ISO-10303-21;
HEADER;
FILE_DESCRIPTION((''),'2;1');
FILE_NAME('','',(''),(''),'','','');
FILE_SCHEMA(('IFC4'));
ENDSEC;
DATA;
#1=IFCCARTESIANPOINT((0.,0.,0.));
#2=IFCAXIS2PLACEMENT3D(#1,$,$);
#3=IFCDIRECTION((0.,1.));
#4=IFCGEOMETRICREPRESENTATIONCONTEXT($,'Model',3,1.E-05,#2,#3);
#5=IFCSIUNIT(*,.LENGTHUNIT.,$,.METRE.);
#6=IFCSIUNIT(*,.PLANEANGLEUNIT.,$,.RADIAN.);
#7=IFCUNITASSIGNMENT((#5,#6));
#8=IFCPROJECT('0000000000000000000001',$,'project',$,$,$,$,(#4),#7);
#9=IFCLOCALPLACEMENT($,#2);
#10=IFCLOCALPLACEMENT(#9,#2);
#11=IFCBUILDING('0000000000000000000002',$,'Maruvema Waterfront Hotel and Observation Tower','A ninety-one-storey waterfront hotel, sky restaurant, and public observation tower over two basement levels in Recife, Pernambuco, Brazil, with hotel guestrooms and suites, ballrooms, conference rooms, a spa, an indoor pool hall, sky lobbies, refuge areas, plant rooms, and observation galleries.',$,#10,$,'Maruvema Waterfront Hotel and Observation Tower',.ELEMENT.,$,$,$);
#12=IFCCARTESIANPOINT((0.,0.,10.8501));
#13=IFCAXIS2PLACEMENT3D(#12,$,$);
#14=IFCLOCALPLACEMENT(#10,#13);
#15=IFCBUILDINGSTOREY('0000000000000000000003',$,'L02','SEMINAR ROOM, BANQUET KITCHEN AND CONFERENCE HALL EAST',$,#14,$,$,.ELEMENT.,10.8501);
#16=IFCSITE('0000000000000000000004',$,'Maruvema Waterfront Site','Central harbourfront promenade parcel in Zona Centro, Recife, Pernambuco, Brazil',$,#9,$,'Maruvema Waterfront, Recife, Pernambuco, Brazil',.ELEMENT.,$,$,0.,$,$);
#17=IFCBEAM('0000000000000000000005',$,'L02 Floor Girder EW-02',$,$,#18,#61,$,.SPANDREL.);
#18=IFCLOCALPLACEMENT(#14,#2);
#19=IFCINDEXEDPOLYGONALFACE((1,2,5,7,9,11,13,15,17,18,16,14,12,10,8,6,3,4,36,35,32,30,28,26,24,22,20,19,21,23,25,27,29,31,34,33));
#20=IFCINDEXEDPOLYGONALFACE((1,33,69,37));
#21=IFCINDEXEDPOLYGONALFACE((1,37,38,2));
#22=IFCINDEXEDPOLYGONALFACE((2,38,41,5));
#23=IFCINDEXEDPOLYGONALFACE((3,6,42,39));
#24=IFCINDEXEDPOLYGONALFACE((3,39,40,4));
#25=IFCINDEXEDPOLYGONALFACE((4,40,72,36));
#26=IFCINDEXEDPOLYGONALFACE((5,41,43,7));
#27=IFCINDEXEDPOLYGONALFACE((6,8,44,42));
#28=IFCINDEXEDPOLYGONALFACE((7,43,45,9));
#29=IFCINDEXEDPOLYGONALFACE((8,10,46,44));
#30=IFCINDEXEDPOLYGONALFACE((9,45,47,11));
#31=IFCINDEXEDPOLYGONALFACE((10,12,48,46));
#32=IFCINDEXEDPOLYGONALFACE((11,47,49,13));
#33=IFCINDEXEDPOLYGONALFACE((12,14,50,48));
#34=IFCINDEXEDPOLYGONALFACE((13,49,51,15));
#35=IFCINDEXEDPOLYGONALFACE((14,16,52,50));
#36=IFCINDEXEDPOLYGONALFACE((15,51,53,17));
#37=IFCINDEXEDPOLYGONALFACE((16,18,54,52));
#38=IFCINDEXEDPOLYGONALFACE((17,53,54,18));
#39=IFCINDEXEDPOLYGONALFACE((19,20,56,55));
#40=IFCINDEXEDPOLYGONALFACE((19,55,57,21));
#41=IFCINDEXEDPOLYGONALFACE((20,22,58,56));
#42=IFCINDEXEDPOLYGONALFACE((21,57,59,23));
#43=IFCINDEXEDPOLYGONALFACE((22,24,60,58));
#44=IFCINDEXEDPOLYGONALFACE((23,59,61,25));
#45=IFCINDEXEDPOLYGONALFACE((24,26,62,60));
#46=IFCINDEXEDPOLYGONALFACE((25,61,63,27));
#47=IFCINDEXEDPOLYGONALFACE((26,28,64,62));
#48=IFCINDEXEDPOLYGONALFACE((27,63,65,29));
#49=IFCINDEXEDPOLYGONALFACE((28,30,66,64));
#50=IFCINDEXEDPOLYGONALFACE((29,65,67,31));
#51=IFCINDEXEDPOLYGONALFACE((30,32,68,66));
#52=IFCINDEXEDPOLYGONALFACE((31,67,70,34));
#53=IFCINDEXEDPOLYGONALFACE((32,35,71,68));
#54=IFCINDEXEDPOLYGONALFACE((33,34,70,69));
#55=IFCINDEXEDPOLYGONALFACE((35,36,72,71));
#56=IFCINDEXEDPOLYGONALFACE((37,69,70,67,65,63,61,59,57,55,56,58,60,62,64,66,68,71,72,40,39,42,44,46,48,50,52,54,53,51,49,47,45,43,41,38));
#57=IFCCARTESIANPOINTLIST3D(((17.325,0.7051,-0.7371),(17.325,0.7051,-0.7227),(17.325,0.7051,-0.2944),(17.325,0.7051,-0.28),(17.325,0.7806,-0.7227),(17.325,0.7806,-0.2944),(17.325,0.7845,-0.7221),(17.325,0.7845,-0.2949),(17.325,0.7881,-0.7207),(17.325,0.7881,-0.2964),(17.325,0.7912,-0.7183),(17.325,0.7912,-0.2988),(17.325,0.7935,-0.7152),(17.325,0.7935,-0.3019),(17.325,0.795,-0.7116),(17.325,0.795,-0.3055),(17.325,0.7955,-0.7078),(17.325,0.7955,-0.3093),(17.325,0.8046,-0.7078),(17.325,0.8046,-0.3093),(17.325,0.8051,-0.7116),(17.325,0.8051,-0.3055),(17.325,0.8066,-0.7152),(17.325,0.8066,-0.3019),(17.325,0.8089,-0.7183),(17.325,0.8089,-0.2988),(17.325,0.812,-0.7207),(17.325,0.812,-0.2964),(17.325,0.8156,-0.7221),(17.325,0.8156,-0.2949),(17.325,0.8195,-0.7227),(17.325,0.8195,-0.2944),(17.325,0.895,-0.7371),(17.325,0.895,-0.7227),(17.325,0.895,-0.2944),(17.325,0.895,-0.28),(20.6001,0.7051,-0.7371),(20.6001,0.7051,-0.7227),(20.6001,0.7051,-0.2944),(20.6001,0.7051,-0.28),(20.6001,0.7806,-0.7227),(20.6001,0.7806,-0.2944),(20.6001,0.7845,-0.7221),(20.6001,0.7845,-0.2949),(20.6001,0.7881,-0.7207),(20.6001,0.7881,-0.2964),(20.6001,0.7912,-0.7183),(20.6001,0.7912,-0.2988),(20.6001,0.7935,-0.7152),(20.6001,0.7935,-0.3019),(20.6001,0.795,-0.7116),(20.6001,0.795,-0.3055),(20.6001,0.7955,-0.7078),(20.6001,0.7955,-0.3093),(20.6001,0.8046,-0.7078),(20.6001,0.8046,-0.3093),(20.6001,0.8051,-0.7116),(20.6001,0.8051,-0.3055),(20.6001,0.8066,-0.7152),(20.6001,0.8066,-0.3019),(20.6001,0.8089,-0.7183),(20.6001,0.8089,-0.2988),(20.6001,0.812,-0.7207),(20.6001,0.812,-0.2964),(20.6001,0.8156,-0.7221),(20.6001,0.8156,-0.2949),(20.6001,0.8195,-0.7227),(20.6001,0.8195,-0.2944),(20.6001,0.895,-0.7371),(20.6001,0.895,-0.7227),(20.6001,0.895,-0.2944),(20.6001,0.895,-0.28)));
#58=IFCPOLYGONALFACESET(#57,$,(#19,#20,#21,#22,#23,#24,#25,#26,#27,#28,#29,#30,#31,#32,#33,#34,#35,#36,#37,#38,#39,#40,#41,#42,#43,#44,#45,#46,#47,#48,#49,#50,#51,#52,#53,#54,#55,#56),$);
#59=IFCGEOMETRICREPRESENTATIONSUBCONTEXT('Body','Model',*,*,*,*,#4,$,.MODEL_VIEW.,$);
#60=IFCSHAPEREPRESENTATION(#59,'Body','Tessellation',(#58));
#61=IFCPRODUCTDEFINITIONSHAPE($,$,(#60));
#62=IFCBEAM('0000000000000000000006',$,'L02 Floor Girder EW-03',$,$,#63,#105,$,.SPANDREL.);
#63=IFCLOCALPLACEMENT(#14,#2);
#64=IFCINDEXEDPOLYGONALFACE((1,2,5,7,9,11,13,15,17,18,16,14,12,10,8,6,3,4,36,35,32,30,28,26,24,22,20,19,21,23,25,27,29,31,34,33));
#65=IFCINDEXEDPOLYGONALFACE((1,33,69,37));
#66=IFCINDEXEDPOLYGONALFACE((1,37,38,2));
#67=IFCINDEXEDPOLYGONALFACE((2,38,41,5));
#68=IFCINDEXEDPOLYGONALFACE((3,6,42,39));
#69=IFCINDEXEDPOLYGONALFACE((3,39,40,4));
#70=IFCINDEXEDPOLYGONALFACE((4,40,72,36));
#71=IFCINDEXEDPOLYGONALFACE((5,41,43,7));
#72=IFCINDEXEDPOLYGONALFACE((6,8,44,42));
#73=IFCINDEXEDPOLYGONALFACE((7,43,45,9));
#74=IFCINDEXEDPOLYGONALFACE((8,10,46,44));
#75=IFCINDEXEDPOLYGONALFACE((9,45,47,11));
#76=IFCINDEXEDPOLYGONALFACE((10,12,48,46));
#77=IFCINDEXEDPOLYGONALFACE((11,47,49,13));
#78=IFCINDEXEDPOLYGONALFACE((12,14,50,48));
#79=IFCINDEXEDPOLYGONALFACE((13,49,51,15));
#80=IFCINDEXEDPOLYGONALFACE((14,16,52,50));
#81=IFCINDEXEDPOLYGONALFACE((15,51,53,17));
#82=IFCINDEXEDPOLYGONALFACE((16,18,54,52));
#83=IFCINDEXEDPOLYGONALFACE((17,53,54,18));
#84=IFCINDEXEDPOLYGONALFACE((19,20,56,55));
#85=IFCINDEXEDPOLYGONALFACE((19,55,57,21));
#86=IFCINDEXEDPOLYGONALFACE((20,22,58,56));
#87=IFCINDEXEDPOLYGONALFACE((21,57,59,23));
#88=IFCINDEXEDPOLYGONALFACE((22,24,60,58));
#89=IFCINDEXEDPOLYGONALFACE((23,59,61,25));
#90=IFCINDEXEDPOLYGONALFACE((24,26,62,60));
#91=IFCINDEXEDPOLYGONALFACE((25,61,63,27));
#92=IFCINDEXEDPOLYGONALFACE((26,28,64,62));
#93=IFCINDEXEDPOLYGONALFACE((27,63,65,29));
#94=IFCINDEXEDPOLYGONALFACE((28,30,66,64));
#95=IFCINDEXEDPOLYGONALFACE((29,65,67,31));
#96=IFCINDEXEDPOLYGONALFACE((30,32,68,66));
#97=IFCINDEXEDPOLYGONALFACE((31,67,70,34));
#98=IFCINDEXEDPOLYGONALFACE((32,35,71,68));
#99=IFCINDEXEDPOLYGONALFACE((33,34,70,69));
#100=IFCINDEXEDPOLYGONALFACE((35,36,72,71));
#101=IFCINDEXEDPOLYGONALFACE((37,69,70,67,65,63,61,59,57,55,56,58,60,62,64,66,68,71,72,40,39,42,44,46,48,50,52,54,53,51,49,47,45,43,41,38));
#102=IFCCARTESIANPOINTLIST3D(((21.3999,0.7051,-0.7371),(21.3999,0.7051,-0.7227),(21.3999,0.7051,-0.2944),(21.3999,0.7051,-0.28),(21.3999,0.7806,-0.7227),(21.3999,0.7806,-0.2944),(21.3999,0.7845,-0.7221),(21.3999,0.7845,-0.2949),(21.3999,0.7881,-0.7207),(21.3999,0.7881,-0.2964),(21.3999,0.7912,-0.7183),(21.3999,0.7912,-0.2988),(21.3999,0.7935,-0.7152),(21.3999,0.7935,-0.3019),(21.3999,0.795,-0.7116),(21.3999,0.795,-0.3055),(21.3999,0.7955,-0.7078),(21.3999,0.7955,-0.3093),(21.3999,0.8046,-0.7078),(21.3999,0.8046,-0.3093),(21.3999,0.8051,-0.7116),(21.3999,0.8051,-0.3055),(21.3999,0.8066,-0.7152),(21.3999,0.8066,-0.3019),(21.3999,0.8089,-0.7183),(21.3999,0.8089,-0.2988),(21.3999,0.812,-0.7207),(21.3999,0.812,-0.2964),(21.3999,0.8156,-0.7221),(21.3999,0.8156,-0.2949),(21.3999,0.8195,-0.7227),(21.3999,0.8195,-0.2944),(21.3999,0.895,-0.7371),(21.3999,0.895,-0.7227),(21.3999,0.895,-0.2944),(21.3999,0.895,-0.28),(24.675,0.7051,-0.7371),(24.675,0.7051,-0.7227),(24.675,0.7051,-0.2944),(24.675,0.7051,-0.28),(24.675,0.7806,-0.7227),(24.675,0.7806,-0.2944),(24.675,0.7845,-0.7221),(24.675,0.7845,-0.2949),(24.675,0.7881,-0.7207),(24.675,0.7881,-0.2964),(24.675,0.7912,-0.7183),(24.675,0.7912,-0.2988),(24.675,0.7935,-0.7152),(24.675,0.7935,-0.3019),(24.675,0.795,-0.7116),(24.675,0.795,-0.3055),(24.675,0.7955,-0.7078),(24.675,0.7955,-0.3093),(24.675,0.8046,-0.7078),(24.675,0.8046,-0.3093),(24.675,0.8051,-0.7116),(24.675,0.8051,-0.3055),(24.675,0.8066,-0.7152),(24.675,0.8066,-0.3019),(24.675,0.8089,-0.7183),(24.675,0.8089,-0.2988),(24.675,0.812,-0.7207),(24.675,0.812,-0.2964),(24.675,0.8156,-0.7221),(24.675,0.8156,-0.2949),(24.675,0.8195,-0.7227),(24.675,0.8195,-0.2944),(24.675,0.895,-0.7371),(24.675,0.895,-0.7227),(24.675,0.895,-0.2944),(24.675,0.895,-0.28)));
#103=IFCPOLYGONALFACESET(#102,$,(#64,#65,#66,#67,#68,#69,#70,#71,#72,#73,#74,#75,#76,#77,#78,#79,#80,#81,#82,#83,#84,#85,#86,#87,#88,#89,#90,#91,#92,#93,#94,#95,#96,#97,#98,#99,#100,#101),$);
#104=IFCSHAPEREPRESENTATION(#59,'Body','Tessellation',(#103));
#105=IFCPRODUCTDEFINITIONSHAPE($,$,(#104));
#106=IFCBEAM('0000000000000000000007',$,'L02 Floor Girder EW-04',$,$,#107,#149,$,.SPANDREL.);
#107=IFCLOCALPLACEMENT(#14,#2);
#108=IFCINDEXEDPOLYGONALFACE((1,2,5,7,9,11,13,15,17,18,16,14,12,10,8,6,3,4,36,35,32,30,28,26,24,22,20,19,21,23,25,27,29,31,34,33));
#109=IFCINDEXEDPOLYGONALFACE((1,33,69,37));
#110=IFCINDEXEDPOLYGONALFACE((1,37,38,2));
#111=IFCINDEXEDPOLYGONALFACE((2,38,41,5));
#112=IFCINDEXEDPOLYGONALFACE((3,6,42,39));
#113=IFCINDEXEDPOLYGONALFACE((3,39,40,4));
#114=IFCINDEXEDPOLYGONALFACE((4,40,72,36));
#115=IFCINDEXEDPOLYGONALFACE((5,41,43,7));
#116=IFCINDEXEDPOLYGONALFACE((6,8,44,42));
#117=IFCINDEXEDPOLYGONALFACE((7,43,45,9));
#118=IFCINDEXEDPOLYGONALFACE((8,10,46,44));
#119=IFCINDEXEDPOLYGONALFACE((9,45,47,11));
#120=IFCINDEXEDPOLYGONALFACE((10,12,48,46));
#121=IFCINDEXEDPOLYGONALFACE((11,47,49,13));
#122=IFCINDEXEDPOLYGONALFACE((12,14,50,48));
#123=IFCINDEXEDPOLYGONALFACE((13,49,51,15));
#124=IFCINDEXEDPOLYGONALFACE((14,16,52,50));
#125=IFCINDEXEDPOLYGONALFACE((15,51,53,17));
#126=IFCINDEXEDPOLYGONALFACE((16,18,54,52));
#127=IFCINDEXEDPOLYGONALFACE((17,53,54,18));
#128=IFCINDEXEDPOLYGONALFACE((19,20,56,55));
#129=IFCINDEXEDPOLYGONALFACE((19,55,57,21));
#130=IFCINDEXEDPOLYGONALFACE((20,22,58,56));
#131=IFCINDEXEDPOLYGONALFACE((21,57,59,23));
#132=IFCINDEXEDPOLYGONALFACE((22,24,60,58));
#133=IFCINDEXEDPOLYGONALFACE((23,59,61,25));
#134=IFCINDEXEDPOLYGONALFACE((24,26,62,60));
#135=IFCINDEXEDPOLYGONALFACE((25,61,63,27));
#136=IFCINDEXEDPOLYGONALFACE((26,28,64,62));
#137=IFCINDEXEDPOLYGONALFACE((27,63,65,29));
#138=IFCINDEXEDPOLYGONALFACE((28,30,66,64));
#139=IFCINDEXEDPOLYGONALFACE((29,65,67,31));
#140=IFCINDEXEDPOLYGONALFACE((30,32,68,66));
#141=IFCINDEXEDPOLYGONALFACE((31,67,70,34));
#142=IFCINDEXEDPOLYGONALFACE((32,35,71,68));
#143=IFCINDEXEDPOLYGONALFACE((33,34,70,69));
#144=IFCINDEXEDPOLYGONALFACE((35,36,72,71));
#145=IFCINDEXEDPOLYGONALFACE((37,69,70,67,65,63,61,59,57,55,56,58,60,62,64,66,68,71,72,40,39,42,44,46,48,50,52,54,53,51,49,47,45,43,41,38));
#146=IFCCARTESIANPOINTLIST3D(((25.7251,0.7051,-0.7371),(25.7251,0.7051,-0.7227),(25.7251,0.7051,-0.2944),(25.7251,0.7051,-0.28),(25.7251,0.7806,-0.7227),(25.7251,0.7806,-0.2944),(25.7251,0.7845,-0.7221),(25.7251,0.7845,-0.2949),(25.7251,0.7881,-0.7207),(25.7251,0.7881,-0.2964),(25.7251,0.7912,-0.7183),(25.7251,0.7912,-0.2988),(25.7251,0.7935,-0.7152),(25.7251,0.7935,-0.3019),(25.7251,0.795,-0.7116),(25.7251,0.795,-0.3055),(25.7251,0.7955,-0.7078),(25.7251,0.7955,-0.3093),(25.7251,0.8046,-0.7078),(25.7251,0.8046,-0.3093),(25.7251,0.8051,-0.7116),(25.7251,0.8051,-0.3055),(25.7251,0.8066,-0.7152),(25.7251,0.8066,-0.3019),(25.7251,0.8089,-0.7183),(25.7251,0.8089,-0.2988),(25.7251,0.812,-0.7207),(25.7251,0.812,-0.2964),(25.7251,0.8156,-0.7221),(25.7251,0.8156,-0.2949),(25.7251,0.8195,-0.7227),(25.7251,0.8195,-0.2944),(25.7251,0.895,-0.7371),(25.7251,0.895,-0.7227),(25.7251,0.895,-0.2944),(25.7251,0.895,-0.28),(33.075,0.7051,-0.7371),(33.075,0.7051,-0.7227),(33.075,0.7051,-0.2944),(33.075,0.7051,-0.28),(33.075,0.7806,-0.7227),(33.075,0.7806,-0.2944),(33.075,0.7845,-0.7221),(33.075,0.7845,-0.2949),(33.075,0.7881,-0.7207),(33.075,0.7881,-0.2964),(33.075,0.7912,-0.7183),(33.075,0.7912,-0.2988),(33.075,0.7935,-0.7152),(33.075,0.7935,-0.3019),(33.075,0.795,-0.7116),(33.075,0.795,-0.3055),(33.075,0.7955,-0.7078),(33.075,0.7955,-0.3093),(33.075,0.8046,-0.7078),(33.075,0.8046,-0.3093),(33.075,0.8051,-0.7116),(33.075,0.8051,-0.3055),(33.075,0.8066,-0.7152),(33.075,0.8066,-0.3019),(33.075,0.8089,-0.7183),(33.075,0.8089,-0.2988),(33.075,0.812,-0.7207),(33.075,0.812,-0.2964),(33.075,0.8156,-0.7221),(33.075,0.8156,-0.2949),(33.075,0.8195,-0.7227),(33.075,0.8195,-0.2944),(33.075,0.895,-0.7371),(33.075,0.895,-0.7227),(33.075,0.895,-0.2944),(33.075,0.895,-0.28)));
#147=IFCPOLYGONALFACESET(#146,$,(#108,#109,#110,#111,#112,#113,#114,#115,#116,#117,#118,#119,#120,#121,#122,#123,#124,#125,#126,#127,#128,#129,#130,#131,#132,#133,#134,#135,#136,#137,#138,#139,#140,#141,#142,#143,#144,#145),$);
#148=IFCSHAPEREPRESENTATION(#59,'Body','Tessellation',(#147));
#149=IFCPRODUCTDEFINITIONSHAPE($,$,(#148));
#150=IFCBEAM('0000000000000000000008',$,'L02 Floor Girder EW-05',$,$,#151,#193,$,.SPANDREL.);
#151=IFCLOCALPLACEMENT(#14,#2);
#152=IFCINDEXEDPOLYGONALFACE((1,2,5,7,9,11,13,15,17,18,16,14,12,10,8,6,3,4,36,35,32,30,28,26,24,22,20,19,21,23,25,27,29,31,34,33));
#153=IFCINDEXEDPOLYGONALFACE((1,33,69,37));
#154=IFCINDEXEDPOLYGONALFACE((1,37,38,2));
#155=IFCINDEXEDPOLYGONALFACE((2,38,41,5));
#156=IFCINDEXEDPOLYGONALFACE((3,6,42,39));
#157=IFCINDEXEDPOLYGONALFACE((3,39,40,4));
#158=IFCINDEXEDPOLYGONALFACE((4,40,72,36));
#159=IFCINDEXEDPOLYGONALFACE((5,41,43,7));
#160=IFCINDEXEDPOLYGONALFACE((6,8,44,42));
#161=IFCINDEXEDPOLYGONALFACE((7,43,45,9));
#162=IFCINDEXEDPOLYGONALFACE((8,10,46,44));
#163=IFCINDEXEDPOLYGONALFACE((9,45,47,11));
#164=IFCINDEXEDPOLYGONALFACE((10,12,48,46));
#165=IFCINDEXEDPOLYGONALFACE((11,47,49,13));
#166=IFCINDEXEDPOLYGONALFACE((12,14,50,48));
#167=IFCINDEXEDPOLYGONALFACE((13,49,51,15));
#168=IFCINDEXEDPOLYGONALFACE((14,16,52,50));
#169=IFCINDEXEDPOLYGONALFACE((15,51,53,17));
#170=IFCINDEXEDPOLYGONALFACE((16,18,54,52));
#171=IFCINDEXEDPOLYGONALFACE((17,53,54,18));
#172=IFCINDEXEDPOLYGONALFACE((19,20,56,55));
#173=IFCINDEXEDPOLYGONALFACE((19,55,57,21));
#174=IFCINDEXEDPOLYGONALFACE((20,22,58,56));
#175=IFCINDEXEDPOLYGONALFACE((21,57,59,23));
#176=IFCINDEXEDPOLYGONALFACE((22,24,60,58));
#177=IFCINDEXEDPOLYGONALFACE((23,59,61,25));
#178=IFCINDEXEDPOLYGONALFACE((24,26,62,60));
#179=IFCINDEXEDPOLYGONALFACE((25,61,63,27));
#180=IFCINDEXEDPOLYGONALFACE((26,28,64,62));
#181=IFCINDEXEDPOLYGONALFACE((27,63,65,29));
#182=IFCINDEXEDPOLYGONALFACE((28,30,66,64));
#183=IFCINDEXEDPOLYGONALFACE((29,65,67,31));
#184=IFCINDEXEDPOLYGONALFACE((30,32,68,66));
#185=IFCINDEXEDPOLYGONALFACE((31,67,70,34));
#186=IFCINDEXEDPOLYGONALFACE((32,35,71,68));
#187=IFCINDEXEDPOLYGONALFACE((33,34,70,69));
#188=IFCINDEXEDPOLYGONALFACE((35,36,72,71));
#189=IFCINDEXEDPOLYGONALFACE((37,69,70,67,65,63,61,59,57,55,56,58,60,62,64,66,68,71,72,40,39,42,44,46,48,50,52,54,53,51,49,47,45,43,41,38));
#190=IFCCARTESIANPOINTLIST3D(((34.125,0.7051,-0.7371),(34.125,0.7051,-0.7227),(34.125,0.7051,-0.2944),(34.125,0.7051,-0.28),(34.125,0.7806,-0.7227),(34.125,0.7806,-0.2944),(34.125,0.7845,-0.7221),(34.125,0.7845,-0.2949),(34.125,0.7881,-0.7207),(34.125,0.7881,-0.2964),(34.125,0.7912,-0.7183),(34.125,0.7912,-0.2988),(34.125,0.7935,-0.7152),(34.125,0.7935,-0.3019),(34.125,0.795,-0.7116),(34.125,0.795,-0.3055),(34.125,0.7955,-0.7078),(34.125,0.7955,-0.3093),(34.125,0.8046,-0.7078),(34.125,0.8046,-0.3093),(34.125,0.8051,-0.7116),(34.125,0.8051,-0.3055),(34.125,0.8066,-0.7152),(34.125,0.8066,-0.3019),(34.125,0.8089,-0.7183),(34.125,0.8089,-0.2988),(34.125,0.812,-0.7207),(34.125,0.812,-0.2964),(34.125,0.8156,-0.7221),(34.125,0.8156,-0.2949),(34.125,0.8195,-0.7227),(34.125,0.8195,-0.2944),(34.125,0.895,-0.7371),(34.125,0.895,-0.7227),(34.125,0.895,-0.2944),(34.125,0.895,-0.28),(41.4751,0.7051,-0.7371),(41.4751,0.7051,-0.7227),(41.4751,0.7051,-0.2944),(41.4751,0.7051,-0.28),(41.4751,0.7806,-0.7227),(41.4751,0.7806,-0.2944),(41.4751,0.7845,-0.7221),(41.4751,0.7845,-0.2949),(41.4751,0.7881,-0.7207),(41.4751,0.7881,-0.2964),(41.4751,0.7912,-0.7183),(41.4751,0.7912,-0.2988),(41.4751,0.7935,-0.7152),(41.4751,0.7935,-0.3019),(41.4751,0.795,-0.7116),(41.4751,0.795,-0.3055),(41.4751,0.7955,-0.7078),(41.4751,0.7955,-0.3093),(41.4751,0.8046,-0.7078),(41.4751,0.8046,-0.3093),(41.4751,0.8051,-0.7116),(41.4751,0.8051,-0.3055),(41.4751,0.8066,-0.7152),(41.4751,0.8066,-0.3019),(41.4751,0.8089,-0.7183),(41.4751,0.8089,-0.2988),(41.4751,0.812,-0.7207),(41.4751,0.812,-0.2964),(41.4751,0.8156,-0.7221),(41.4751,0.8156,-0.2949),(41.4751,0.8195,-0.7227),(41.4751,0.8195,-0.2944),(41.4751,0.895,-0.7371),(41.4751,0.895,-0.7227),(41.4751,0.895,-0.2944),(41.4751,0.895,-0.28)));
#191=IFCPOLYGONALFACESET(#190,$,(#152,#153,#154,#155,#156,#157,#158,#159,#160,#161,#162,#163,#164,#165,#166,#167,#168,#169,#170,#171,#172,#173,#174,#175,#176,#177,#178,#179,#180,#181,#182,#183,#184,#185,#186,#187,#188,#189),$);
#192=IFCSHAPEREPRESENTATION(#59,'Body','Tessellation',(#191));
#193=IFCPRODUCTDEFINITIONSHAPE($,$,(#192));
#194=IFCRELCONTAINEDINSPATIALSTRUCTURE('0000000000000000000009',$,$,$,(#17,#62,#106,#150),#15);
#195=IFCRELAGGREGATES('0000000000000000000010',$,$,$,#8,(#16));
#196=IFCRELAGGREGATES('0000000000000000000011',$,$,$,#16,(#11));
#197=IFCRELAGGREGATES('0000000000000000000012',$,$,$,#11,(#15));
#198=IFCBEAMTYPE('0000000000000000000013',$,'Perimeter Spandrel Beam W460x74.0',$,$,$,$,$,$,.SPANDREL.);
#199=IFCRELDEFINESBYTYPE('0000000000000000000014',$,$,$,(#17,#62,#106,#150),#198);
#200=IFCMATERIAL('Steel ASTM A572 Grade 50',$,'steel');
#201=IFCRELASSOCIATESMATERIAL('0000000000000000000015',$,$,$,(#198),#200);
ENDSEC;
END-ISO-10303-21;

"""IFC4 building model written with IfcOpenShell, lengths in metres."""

from ifc_helpers import new_model, si_unit, direction, frame, origin, origin_2d, place, context, subcontext, project, spatial, i_section, extrude, material, material_profile, profile_set, type_object, element, save


model = new_model("IFC4")

# Units and contexts
model_context = context("Model", 3, precision=1e-05, world=origin(), true_north=direction((0.0, 1.0)))
body_context = subcontext(model_context, "Body", "Model", "MODEL_VIEW")
ifc_project = project(units=[si_unit("LENGTHUNIT", "METRE"), si_unit("PLANEANGLEUNIT", "RADIAN")], contexts=[model_context])

# Site, building, storey
site_placement = place(None, origin())
site = spatial("IfcSite", under=ifc_project, at=site_placement, Name="Maruvema Waterfront Site", Description="Central harbourfront promenade parcel in Zona Centro, Recife, Pernambuco, Brazil", LongName="Maruvema Waterfront, Recife, Pernambuco, Brazil", CompositionType="ELEMENT", RefElevation=0.0)
building_placement = place(site_placement, origin())
building = spatial("IfcBuilding", under=site, at=building_placement, Name="Maruvema Waterfront Hotel and Observation Tower", Description="A ninety-one-storey waterfront hotel, sky restaurant, and public observation tower over two basement levels in Recife, Pernambuco, Brazil, with hotel guestrooms and suites, ballrooms, conference rooms, a spa, an indoor pool hall, sky lobbies, refuge areas, plant rooms, and observation galleries.", LongName="Maruvema Waterfront Hotel and Observation Tower", CompositionType="ELEMENT")
storey_placement = place(building_placement, frame((0.0, 0.0, 10.8501)))
storey = spatial("IfcBuildingStorey", under=building, at=storey_placement, Name="L02", Description="SEMINAR ROOM, BANQUET KITCHEN AND CONFERENCE HALL EAST", CompositionType="ELEMENT", Elevation=10.8501)

# Beams
ifc_material_1 = material(Name="Steel ASTM A572 Grade 50", Category="steel")
ifc_material_profile_1 = material_profile(ifc_material_1, i_section(OverallWidth=0.1899, OverallDepth=0.457, WebThickness=0.009, FlangeThickness=0.0144, FilletRadius=0.0149, at=origin_2d()), Name="W460x74.0")
ifc_profile_set_1 = profile_set([ifc_material_profile_1], Name="Steel ASTM A572 Grade 50")
beam_type_1 = type_object("IfcBeamType", Name="Perimeter Spandrel Beam W460x74.0", PredefinedType="SPANDREL", material=ifc_profile_set_1)
for number, where, z_axis, x_axis, name in (
    (1, (17.325, 0.8, -0.5085), (1.0, 0.0, 0.0), (0.0, 1.0, 0.0), "L02 Floor Girder EW-02"),
    (2, (21.3999, 0.8, -0.5085), (1.0, 0.0, 0.0), (0.0, 1.0, 0.0), "L02 Floor Girder EW-03"),
):
    element("IfcBeam", number, at=place(storey_placement, frame(where, z_axis=z_axis, x_axis=x_axis)), inside=storey, type_object=beam_type_1, Name=name, PredefinedType="SPANDREL", context=body_context, shape_type="SweptSolid", body=[
        extrude(i_section(OverallWidth=0.1899, OverallDepth=0.457, WebThickness=0.009, FlangeThickness=0.0144, FilletRadius=0.0149, at=origin_2d()), origin(), (0.0, 0.0, 1.0), 3.2751),
    ])
beam_1_placement = place(storey_placement, frame((25.7251, 0.8, -0.5085), z_axis=(1.0, 0.0, 0.0), x_axis=(0.0, 1.0, 0.0)))
element("IfcBeam", 3, at=beam_1_placement, inside=storey, type_object=beam_type_1, Name="L02 Floor Girder EW-04", PredefinedType="SPANDREL", context=body_context, shape_type="SweptSolid", body=[
    extrude(i_section(OverallWidth=0.1899, OverallDepth=0.457, WebThickness=0.009, FlangeThickness=0.0144, FilletRadius=0.0149, at=origin_2d()), origin(), (0.0, 0.0, 1.0), 7.3499),
])
beam_2_placement = place(storey_placement, frame((34.125, 0.8, -0.5085), z_axis=(1.0, 0.0, 0.0), x_axis=(0.0, 1.0, 0.0)))
element("IfcBeam", 4, at=beam_2_placement, inside=storey, type_object=beam_type_1, Name="L02 Floor Girder EW-05", PredefinedType="SPANDREL", context=body_context, shape_type="SweptSolid", body=[
    extrude(i_section(OverallWidth=0.1899, OverallDepth=0.457, WebThickness=0.009, FlangeThickness=0.0144, FilletRadius=0.0149, at=origin_2d()), origin(), (0.0, 0.0, 1.0), 7.3501),
])

save(model, "model.ifc")
